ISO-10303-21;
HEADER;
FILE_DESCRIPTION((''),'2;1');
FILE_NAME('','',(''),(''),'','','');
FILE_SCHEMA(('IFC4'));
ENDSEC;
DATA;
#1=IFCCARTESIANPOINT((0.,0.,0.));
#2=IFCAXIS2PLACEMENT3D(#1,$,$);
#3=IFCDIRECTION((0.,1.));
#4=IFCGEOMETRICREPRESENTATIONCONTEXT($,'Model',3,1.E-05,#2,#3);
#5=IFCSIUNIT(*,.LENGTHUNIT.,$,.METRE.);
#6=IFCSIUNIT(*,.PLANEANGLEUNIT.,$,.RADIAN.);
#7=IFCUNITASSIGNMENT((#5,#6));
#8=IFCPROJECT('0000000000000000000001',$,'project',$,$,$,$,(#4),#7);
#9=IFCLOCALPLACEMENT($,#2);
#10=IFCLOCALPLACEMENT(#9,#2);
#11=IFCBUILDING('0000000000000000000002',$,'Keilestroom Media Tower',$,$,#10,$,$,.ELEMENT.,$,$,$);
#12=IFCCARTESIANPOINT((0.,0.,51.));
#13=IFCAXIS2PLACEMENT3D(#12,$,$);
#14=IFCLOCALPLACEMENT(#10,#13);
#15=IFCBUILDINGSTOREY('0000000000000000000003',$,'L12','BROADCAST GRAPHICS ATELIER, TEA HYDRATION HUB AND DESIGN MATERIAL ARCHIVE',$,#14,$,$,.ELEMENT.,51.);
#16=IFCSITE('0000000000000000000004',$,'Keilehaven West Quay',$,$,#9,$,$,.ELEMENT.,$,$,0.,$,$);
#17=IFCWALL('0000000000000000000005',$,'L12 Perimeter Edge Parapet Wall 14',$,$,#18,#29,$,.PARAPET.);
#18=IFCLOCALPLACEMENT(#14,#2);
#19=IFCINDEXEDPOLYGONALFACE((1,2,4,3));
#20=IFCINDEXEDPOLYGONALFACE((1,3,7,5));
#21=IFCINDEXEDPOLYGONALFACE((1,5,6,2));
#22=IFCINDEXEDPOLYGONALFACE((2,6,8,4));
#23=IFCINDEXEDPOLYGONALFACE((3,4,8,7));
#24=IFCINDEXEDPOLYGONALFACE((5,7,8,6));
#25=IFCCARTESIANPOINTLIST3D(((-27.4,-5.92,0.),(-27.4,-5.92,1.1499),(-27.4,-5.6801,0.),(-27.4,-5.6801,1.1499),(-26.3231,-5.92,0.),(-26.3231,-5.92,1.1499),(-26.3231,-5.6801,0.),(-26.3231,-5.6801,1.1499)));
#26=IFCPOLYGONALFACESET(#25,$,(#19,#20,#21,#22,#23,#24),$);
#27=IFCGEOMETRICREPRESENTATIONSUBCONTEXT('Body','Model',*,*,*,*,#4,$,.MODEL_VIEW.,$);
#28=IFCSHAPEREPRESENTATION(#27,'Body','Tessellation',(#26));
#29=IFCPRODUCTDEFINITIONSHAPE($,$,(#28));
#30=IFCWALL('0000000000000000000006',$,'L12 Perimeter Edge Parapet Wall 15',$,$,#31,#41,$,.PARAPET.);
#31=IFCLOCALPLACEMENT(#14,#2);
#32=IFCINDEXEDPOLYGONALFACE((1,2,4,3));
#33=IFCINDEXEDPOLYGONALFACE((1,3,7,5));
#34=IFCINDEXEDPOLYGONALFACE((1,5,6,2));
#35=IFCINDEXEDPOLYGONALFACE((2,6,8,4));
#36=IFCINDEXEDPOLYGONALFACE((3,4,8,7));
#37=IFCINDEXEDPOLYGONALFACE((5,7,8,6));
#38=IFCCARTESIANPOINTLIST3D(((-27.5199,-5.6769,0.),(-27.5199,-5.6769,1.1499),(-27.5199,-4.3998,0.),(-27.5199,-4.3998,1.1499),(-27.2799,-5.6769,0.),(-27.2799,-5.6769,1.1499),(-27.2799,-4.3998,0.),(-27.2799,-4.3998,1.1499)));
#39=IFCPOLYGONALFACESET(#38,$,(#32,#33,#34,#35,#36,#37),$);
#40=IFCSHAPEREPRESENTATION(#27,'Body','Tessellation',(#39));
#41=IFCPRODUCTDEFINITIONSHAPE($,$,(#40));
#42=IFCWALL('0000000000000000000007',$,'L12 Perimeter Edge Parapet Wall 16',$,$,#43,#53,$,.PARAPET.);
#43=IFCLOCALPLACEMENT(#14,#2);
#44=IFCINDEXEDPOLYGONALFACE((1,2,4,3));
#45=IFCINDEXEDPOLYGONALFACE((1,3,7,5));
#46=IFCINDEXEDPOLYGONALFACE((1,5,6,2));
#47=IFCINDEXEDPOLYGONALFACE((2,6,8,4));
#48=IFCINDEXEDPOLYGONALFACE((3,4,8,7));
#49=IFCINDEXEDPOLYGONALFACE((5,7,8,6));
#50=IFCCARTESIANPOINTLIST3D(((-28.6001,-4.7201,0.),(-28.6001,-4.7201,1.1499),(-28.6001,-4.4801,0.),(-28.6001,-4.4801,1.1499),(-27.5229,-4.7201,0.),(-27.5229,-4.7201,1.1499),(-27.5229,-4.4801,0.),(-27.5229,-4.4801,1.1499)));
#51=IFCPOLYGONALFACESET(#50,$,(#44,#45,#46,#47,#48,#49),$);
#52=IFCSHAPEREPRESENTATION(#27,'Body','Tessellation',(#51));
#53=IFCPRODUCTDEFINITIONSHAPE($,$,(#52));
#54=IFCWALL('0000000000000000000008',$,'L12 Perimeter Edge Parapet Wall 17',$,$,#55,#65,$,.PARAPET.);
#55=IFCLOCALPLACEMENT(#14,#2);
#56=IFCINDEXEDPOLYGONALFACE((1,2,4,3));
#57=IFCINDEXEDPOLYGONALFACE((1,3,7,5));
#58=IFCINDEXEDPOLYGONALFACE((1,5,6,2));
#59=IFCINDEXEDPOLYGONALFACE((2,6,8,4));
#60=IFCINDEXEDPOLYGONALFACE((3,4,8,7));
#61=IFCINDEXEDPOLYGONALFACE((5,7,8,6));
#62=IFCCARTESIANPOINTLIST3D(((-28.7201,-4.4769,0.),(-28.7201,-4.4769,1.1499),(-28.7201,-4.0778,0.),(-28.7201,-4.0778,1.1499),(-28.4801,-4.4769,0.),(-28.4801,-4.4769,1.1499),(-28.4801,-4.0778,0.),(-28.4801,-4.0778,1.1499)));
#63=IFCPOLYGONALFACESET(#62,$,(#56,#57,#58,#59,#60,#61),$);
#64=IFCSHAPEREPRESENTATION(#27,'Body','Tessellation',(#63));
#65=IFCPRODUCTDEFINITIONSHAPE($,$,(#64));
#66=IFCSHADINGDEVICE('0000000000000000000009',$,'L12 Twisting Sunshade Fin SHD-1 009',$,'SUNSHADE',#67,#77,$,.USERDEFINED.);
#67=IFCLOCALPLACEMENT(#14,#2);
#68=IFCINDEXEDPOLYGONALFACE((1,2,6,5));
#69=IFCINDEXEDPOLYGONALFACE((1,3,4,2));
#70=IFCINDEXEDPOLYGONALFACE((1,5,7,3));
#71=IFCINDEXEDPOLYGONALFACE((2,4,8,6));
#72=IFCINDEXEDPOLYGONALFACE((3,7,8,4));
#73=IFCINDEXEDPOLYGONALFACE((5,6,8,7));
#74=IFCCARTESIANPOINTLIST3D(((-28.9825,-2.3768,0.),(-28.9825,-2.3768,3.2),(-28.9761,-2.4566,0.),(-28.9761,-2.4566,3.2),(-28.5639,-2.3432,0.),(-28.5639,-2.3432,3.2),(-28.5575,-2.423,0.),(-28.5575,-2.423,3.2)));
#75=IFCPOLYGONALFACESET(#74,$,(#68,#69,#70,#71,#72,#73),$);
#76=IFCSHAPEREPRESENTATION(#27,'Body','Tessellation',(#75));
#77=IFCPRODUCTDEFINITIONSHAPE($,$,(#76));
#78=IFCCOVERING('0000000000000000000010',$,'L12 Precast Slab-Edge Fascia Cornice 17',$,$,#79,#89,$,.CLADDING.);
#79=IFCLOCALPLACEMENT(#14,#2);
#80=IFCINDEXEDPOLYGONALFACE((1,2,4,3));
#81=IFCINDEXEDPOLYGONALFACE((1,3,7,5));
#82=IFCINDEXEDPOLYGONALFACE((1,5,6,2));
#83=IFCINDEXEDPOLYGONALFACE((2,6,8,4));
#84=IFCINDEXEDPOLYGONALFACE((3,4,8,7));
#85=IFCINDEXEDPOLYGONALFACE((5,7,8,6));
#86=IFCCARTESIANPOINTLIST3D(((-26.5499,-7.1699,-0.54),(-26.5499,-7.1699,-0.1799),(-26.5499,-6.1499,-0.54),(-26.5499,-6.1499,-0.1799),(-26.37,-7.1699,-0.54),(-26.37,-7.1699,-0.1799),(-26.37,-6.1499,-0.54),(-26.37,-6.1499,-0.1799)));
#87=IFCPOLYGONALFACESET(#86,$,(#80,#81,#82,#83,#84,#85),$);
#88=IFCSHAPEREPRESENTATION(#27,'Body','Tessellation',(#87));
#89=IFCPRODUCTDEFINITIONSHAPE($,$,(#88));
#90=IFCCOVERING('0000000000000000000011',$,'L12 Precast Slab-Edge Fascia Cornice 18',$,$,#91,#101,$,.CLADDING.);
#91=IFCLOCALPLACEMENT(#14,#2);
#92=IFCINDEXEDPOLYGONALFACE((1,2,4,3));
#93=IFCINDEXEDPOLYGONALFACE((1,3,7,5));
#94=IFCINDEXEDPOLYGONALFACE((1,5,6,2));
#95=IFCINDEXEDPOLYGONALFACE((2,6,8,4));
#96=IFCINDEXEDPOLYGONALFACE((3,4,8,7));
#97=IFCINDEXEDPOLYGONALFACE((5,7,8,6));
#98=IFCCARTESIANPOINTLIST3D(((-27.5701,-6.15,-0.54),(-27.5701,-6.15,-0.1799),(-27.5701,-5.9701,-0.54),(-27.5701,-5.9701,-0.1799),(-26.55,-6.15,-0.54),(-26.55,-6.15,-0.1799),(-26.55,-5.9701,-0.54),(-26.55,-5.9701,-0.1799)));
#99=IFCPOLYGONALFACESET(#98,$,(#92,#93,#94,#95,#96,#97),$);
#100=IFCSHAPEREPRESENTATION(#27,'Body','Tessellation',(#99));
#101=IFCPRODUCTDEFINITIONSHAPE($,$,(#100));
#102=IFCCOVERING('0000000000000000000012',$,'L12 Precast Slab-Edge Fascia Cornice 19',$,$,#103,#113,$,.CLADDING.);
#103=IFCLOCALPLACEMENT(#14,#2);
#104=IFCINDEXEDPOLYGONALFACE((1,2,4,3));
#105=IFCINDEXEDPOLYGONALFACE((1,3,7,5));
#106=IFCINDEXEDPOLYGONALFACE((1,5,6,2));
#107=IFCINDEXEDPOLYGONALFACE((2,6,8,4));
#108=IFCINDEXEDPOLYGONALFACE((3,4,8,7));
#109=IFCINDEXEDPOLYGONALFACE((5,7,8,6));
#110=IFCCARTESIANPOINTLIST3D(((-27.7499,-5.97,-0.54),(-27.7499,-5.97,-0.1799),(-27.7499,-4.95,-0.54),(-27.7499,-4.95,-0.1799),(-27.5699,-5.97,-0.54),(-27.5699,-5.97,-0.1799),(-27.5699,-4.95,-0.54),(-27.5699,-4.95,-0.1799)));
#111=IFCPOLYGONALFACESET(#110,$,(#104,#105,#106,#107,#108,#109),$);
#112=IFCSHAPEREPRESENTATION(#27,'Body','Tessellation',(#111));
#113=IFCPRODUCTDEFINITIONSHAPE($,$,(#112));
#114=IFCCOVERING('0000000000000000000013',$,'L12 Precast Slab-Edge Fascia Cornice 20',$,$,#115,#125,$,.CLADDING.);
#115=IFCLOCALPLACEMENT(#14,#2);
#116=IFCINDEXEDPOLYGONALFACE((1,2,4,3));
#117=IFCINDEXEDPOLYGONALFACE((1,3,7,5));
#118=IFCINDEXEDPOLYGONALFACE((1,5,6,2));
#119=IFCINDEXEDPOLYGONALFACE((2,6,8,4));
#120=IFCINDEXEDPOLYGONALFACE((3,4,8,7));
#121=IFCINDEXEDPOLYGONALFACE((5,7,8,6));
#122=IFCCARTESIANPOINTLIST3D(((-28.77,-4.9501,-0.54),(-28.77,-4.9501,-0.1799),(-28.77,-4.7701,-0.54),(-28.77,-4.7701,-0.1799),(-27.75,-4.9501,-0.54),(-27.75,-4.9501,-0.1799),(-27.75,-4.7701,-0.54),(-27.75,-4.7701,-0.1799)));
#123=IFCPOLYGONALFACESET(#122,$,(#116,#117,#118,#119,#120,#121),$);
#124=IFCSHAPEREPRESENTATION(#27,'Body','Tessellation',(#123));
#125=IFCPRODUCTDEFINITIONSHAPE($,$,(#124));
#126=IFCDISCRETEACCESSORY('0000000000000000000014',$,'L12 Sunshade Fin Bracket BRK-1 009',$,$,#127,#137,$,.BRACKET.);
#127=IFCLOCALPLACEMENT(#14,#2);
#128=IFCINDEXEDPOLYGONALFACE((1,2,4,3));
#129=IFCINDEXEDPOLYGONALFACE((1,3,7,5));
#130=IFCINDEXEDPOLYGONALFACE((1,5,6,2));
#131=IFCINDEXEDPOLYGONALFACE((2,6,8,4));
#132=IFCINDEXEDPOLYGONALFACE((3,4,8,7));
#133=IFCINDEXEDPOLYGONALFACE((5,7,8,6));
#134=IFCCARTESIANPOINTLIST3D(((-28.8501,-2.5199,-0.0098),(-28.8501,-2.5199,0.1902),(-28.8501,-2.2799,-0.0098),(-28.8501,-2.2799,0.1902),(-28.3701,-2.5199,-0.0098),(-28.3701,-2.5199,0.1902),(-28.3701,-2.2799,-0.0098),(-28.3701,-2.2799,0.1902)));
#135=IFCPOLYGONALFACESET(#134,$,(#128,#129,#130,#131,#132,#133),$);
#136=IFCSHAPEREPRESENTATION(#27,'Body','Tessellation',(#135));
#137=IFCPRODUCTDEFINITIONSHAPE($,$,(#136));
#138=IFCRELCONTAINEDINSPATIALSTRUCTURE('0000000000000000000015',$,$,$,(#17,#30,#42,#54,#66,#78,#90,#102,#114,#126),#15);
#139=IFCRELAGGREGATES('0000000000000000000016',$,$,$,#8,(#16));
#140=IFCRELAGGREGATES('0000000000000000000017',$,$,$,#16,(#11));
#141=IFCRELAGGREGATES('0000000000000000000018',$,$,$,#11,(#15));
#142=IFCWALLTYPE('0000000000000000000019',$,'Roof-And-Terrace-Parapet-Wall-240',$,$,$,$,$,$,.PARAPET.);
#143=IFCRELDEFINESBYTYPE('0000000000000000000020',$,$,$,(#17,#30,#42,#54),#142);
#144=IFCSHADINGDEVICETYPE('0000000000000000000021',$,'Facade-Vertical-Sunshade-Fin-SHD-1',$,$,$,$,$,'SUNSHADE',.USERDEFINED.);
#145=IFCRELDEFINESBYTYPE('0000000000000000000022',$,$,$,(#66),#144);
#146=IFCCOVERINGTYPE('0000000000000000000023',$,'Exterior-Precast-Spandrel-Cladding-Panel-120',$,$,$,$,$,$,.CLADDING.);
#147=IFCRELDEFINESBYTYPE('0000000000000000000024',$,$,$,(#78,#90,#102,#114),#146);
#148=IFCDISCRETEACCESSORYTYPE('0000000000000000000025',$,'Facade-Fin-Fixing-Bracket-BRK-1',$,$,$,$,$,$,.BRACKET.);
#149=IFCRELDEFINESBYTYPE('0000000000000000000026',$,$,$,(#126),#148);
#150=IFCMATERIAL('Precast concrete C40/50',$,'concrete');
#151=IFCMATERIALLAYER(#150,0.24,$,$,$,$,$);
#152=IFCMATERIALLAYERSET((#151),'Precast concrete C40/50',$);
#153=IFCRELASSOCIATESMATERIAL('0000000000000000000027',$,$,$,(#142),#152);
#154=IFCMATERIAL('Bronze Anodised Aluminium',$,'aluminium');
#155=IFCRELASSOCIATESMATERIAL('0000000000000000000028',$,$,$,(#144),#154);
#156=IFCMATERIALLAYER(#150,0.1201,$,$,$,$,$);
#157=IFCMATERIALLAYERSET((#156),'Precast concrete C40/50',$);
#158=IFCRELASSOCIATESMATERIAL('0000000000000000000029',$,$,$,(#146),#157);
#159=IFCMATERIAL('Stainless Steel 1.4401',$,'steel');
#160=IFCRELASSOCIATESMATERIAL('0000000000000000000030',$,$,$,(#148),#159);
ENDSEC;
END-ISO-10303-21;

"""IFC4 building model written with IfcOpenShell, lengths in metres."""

from ifc_helpers import new_model, si_unit, direction, frame, frame_2d, origin, origin_2d, place, context, subcontext, project, spatial, rectangle, extrude, source, transform, mapped, material, layer, layer_set, type_object, element, save


model = new_model("IFC4")

# Units and contexts
model_context = context("Model", 3, precision=1e-05, world=origin(), true_north=direction((0.0, 1.0)))
body_context = subcontext(model_context, "Body", "Model", "MODEL_VIEW")
ifc_project = project(units=[si_unit("LENGTHUNIT", "METRE"), si_unit("PLANEANGLEUNIT", "RADIAN")], contexts=[model_context])

# Site, building, storey
site_placement = place(None, origin())
site = spatial("IfcSite", under=ifc_project, at=site_placement, Name="Keilehaven West Quay", CompositionType="ELEMENT", RefElevation=0.0)
building_placement = place(site_placement, origin())
building = spatial("IfcBuilding", under=site, at=building_placement, Name="Keilestroom Media Tower", CompositionType="ELEMENT")
storey_placement = place(building_placement, frame((0.0, 0.0, 51.0)))
storey = spatial("IfcBuildingStorey", under=building, at=storey_placement, Name="L12", Description="BROADCAST GRAPHICS ATELIER, TEA HYDRATION HUB AND DESIGN MATERIAL ARCHIVE", CompositionType="ELEMENT", Elevation=51.0)

# Shared definitions
ifc_material_1 = material(Name="Precast concrete C40/50", Category="concrete")

# Walls
ifc_layer_1 = layer(ifc_material_1, 0.24)
ifc_layer_set_1 = layer_set([ifc_layer_1], Name="Precast concrete C40/50")
wall_type_1 = type_object("IfcWallType", Name="Roof-And-Terrace-Parapet-Wall-240", PredefinedType="PARAPET", material=ifc_layer_set_1)
wall_1_placement = place(storey_placement, frame((-26.323, -5.8, 0.0), z_axis=(0.0, 0.0, 1.0), x_axis=(-1.0, 0.0, 0.0)))
element("IfcWall", 1, at=wall_1_placement, inside=storey, type_object=wall_type_1, Name="L12 Perimeter Edge Parapet Wall 14", PredefinedType="PARAPET", context=body_context, shape_type="SweptSolid", body=[
    extrude(rectangle(XDim=1.0769, YDim=0.24, at=frame_2d((0.5386, 0.0))), origin(), (0.0, 0.0, 1.0), 1.1499),
])
wall_2_placement = place(storey_placement, frame((-27.3999, -5.677, 0.0), z_axis=(0.0, 0.0, 1.0), x_axis=(0.0, 1.0, 0.0)))
element("IfcWall", 2, at=wall_2_placement, inside=storey, type_object=wall_type_1, Name="L12 Perimeter Edge Parapet Wall 15", PredefinedType="PARAPET", context=body_context, shape_type="SweptSolid", body=[
    extrude(rectangle(XDim=1.2771, YDim=0.24, at=frame_2d((0.6387, 0.0))), origin(), (0.0, 0.0, 1.0), 1.1499),
])
wall_3_placement = place(storey_placement, frame((-27.5229, -4.6001, 0.0), z_axis=(0.0, 0.0, 1.0), x_axis=(-1.0, 0.0, 0.0)))
element("IfcWall", 3, at=wall_3_placement, inside=storey, type_object=wall_type_1, Name="L12 Perimeter Edge Parapet Wall 16", PredefinedType="PARAPET", context=body_context, shape_type="SweptSolid", body=[
    extrude(rectangle(XDim=1.0771, YDim=0.24, at=frame_2d((0.5386, 0.0))), origin(), (0.0, 0.0, 1.0), 1.1499),
])
wall_4_placement = place(storey_placement, frame((-28.6001, -4.4771, 0.0), z_axis=(0.0, 0.0, 1.0), x_axis=(0.0, 1.0, 0.0)))
element("IfcWall", 4, at=wall_4_placement, inside=storey, type_object=wall_type_1, Name="L12 Perimeter Edge Parapet Wall 17", PredefinedType="PARAPET", context=body_context, shape_type="SweptSolid", body=[
    extrude(rectangle(XDim=0.3992, YDim=0.24, at=frame_2d((0.1997, 0.0))), origin(), (0.0, 0.0, 1.0), 1.1499),
])

# Shading device
ifc_material_2 = material(Name="Bronze Anodised Aluminium", Category="aluminium")
shading_device_type = type_object("IfcShadingDeviceType", Name="Facade-Vertical-Sunshade-Fin-SHD-1", ElementType="SUNSHADE", PredefinedType="USERDEFINED", material=ifc_material_2)
shared_shape_1 = source(origin(), body_context, "Body", "SweptSolid", [
    extrude(rectangle(XDim=0.4199, YDim=0.0801, at=origin_2d()), origin(), (0.0, 0.0, 1.0), 3.2),
])
shading_device_placement = place(storey_placement, frame((-28.77, -2.3999, 0.0), z_axis=(0.0, 0.0, 1.0), x_axis=(0.996793, 0.080025, 0.0)))
element("IfcShadingDevice", 5, at=shading_device_placement, inside=storey, type_object=shading_device_type, Name="L12 Twisting Sunshade Fin SHD-1 009", ObjectType="SUNSHADE", PredefinedType="USERDEFINED", context=body_context, shape_type="MappedRepresentation", body=[
    mapped(shared_shape_1, transform((0.0, 0.0, 0.0), x_axis=(1.0, 0.0, 0.0), y_axis=(0.0, 1.0, 0.0), z_axis=(0.0, 0.0, 1.0), scale=1.0)),
])

# Coverings
ifc_layer_2 = layer(ifc_material_1, 0.1201)
ifc_layer_set_2 = layer_set([ifc_layer_2], Name="Precast concrete C40/50")
covering_type = type_object("IfcCoveringType", Name="Exterior-Precast-Spandrel-Cladding-Panel-120", PredefinedType="CLADDING", material=ifc_layer_set_2)
shared_shape_2 = source(origin(), body_context, "Body", "SweptSolid", [
    extrude(rectangle(XDim=1.02, YDim=0.1799, at=origin_2d()), origin(), (0.0, 0.0, 1.0), 0.3601),
])
for number, where, z_axis, x_axis, name in (
    (6, (-26.46, -6.6599, -0.54), (0.0, 0.0, 1.0), (0.0, 1.0, 0.0), "L12 Precast Slab-Edge Fascia Cornice 17"),
    (7, (-27.0601, -6.0601, -0.54), (0.0, 0.0, 1.0), (-1.0, 0.0, 0.0), "L12 Precast Slab-Edge Fascia Cornice 18"),
    (8, (-27.6599, -5.46, -0.54), (0.0, 0.0, 1.0), (0.0, 1.0, 0.0), "L12 Precast Slab-Edge Fascia Cornice 19"),
    (9, (-28.26, -4.8601, -0.54), (0.0, 0.0, 1.0), (-1.0, 0.0, 0.0), "L12 Precast Slab-Edge Fascia Cornice 20"),
):
    element("IfcCovering", number, at=place(storey_placement, frame(where, z_axis=z_axis, x_axis=x_axis)), inside=storey, type_object=covering_type, Name=name, PredefinedType="CLADDING", context=body_context, shape_type="MappedRepresentation", body=[
        mapped(shared_shape_2, transform((0.0, 0.0, 0.0), x_axis=(1.0, 0.0, 0.0), y_axis=(0.0, 1.0, 0.0), z_axis=(0.0, 0.0, 1.0), scale=1.0)),
    ])

# Discrete accessory
ifc_material_3 = material(Name="Stainless Steel 1.4401", Category="steel")
discrete_accessory_type = type_object("IfcDiscreteAccessoryType", Name="Facade-Fin-Fixing-Bracket-BRK-1", PredefinedType="BRACKET", material=ifc_material_3)
shared_shape_3 = source(origin(), body_context, "Body", "SweptSolid", [
    extrude(rectangle(XDim=0.48, YDim=0.24, at=origin_2d()), origin(), (0.0, 0.0, 1.0), 0.2),
])
discrete_accessory_placement = place(storey_placement, frame((-28.6101, -2.3999, -0.0098), z_axis=(0.0, 0.0, 1.0), x_axis=(1.0, 0.0, 0.0)))
element("IfcDiscreteAccessory", 10, at=discrete_accessory_placement, inside=storey, type_object=discrete_accessory_type, Name="L12 Sunshade Fin Bracket BRK-1 009", PredefinedType="BRACKET", context=body_context, shape_type="MappedRepresentation", body=[
    mapped(shared_shape_3, transform((0.0, 0.0, 0.0), x_axis=(1.0, 0.0, 0.0), y_axis=(0.0, 1.0, 0.0), z_axis=(0.0, 0.0, 1.0), scale=1.0)),
])

save(model, "model.ifc")
